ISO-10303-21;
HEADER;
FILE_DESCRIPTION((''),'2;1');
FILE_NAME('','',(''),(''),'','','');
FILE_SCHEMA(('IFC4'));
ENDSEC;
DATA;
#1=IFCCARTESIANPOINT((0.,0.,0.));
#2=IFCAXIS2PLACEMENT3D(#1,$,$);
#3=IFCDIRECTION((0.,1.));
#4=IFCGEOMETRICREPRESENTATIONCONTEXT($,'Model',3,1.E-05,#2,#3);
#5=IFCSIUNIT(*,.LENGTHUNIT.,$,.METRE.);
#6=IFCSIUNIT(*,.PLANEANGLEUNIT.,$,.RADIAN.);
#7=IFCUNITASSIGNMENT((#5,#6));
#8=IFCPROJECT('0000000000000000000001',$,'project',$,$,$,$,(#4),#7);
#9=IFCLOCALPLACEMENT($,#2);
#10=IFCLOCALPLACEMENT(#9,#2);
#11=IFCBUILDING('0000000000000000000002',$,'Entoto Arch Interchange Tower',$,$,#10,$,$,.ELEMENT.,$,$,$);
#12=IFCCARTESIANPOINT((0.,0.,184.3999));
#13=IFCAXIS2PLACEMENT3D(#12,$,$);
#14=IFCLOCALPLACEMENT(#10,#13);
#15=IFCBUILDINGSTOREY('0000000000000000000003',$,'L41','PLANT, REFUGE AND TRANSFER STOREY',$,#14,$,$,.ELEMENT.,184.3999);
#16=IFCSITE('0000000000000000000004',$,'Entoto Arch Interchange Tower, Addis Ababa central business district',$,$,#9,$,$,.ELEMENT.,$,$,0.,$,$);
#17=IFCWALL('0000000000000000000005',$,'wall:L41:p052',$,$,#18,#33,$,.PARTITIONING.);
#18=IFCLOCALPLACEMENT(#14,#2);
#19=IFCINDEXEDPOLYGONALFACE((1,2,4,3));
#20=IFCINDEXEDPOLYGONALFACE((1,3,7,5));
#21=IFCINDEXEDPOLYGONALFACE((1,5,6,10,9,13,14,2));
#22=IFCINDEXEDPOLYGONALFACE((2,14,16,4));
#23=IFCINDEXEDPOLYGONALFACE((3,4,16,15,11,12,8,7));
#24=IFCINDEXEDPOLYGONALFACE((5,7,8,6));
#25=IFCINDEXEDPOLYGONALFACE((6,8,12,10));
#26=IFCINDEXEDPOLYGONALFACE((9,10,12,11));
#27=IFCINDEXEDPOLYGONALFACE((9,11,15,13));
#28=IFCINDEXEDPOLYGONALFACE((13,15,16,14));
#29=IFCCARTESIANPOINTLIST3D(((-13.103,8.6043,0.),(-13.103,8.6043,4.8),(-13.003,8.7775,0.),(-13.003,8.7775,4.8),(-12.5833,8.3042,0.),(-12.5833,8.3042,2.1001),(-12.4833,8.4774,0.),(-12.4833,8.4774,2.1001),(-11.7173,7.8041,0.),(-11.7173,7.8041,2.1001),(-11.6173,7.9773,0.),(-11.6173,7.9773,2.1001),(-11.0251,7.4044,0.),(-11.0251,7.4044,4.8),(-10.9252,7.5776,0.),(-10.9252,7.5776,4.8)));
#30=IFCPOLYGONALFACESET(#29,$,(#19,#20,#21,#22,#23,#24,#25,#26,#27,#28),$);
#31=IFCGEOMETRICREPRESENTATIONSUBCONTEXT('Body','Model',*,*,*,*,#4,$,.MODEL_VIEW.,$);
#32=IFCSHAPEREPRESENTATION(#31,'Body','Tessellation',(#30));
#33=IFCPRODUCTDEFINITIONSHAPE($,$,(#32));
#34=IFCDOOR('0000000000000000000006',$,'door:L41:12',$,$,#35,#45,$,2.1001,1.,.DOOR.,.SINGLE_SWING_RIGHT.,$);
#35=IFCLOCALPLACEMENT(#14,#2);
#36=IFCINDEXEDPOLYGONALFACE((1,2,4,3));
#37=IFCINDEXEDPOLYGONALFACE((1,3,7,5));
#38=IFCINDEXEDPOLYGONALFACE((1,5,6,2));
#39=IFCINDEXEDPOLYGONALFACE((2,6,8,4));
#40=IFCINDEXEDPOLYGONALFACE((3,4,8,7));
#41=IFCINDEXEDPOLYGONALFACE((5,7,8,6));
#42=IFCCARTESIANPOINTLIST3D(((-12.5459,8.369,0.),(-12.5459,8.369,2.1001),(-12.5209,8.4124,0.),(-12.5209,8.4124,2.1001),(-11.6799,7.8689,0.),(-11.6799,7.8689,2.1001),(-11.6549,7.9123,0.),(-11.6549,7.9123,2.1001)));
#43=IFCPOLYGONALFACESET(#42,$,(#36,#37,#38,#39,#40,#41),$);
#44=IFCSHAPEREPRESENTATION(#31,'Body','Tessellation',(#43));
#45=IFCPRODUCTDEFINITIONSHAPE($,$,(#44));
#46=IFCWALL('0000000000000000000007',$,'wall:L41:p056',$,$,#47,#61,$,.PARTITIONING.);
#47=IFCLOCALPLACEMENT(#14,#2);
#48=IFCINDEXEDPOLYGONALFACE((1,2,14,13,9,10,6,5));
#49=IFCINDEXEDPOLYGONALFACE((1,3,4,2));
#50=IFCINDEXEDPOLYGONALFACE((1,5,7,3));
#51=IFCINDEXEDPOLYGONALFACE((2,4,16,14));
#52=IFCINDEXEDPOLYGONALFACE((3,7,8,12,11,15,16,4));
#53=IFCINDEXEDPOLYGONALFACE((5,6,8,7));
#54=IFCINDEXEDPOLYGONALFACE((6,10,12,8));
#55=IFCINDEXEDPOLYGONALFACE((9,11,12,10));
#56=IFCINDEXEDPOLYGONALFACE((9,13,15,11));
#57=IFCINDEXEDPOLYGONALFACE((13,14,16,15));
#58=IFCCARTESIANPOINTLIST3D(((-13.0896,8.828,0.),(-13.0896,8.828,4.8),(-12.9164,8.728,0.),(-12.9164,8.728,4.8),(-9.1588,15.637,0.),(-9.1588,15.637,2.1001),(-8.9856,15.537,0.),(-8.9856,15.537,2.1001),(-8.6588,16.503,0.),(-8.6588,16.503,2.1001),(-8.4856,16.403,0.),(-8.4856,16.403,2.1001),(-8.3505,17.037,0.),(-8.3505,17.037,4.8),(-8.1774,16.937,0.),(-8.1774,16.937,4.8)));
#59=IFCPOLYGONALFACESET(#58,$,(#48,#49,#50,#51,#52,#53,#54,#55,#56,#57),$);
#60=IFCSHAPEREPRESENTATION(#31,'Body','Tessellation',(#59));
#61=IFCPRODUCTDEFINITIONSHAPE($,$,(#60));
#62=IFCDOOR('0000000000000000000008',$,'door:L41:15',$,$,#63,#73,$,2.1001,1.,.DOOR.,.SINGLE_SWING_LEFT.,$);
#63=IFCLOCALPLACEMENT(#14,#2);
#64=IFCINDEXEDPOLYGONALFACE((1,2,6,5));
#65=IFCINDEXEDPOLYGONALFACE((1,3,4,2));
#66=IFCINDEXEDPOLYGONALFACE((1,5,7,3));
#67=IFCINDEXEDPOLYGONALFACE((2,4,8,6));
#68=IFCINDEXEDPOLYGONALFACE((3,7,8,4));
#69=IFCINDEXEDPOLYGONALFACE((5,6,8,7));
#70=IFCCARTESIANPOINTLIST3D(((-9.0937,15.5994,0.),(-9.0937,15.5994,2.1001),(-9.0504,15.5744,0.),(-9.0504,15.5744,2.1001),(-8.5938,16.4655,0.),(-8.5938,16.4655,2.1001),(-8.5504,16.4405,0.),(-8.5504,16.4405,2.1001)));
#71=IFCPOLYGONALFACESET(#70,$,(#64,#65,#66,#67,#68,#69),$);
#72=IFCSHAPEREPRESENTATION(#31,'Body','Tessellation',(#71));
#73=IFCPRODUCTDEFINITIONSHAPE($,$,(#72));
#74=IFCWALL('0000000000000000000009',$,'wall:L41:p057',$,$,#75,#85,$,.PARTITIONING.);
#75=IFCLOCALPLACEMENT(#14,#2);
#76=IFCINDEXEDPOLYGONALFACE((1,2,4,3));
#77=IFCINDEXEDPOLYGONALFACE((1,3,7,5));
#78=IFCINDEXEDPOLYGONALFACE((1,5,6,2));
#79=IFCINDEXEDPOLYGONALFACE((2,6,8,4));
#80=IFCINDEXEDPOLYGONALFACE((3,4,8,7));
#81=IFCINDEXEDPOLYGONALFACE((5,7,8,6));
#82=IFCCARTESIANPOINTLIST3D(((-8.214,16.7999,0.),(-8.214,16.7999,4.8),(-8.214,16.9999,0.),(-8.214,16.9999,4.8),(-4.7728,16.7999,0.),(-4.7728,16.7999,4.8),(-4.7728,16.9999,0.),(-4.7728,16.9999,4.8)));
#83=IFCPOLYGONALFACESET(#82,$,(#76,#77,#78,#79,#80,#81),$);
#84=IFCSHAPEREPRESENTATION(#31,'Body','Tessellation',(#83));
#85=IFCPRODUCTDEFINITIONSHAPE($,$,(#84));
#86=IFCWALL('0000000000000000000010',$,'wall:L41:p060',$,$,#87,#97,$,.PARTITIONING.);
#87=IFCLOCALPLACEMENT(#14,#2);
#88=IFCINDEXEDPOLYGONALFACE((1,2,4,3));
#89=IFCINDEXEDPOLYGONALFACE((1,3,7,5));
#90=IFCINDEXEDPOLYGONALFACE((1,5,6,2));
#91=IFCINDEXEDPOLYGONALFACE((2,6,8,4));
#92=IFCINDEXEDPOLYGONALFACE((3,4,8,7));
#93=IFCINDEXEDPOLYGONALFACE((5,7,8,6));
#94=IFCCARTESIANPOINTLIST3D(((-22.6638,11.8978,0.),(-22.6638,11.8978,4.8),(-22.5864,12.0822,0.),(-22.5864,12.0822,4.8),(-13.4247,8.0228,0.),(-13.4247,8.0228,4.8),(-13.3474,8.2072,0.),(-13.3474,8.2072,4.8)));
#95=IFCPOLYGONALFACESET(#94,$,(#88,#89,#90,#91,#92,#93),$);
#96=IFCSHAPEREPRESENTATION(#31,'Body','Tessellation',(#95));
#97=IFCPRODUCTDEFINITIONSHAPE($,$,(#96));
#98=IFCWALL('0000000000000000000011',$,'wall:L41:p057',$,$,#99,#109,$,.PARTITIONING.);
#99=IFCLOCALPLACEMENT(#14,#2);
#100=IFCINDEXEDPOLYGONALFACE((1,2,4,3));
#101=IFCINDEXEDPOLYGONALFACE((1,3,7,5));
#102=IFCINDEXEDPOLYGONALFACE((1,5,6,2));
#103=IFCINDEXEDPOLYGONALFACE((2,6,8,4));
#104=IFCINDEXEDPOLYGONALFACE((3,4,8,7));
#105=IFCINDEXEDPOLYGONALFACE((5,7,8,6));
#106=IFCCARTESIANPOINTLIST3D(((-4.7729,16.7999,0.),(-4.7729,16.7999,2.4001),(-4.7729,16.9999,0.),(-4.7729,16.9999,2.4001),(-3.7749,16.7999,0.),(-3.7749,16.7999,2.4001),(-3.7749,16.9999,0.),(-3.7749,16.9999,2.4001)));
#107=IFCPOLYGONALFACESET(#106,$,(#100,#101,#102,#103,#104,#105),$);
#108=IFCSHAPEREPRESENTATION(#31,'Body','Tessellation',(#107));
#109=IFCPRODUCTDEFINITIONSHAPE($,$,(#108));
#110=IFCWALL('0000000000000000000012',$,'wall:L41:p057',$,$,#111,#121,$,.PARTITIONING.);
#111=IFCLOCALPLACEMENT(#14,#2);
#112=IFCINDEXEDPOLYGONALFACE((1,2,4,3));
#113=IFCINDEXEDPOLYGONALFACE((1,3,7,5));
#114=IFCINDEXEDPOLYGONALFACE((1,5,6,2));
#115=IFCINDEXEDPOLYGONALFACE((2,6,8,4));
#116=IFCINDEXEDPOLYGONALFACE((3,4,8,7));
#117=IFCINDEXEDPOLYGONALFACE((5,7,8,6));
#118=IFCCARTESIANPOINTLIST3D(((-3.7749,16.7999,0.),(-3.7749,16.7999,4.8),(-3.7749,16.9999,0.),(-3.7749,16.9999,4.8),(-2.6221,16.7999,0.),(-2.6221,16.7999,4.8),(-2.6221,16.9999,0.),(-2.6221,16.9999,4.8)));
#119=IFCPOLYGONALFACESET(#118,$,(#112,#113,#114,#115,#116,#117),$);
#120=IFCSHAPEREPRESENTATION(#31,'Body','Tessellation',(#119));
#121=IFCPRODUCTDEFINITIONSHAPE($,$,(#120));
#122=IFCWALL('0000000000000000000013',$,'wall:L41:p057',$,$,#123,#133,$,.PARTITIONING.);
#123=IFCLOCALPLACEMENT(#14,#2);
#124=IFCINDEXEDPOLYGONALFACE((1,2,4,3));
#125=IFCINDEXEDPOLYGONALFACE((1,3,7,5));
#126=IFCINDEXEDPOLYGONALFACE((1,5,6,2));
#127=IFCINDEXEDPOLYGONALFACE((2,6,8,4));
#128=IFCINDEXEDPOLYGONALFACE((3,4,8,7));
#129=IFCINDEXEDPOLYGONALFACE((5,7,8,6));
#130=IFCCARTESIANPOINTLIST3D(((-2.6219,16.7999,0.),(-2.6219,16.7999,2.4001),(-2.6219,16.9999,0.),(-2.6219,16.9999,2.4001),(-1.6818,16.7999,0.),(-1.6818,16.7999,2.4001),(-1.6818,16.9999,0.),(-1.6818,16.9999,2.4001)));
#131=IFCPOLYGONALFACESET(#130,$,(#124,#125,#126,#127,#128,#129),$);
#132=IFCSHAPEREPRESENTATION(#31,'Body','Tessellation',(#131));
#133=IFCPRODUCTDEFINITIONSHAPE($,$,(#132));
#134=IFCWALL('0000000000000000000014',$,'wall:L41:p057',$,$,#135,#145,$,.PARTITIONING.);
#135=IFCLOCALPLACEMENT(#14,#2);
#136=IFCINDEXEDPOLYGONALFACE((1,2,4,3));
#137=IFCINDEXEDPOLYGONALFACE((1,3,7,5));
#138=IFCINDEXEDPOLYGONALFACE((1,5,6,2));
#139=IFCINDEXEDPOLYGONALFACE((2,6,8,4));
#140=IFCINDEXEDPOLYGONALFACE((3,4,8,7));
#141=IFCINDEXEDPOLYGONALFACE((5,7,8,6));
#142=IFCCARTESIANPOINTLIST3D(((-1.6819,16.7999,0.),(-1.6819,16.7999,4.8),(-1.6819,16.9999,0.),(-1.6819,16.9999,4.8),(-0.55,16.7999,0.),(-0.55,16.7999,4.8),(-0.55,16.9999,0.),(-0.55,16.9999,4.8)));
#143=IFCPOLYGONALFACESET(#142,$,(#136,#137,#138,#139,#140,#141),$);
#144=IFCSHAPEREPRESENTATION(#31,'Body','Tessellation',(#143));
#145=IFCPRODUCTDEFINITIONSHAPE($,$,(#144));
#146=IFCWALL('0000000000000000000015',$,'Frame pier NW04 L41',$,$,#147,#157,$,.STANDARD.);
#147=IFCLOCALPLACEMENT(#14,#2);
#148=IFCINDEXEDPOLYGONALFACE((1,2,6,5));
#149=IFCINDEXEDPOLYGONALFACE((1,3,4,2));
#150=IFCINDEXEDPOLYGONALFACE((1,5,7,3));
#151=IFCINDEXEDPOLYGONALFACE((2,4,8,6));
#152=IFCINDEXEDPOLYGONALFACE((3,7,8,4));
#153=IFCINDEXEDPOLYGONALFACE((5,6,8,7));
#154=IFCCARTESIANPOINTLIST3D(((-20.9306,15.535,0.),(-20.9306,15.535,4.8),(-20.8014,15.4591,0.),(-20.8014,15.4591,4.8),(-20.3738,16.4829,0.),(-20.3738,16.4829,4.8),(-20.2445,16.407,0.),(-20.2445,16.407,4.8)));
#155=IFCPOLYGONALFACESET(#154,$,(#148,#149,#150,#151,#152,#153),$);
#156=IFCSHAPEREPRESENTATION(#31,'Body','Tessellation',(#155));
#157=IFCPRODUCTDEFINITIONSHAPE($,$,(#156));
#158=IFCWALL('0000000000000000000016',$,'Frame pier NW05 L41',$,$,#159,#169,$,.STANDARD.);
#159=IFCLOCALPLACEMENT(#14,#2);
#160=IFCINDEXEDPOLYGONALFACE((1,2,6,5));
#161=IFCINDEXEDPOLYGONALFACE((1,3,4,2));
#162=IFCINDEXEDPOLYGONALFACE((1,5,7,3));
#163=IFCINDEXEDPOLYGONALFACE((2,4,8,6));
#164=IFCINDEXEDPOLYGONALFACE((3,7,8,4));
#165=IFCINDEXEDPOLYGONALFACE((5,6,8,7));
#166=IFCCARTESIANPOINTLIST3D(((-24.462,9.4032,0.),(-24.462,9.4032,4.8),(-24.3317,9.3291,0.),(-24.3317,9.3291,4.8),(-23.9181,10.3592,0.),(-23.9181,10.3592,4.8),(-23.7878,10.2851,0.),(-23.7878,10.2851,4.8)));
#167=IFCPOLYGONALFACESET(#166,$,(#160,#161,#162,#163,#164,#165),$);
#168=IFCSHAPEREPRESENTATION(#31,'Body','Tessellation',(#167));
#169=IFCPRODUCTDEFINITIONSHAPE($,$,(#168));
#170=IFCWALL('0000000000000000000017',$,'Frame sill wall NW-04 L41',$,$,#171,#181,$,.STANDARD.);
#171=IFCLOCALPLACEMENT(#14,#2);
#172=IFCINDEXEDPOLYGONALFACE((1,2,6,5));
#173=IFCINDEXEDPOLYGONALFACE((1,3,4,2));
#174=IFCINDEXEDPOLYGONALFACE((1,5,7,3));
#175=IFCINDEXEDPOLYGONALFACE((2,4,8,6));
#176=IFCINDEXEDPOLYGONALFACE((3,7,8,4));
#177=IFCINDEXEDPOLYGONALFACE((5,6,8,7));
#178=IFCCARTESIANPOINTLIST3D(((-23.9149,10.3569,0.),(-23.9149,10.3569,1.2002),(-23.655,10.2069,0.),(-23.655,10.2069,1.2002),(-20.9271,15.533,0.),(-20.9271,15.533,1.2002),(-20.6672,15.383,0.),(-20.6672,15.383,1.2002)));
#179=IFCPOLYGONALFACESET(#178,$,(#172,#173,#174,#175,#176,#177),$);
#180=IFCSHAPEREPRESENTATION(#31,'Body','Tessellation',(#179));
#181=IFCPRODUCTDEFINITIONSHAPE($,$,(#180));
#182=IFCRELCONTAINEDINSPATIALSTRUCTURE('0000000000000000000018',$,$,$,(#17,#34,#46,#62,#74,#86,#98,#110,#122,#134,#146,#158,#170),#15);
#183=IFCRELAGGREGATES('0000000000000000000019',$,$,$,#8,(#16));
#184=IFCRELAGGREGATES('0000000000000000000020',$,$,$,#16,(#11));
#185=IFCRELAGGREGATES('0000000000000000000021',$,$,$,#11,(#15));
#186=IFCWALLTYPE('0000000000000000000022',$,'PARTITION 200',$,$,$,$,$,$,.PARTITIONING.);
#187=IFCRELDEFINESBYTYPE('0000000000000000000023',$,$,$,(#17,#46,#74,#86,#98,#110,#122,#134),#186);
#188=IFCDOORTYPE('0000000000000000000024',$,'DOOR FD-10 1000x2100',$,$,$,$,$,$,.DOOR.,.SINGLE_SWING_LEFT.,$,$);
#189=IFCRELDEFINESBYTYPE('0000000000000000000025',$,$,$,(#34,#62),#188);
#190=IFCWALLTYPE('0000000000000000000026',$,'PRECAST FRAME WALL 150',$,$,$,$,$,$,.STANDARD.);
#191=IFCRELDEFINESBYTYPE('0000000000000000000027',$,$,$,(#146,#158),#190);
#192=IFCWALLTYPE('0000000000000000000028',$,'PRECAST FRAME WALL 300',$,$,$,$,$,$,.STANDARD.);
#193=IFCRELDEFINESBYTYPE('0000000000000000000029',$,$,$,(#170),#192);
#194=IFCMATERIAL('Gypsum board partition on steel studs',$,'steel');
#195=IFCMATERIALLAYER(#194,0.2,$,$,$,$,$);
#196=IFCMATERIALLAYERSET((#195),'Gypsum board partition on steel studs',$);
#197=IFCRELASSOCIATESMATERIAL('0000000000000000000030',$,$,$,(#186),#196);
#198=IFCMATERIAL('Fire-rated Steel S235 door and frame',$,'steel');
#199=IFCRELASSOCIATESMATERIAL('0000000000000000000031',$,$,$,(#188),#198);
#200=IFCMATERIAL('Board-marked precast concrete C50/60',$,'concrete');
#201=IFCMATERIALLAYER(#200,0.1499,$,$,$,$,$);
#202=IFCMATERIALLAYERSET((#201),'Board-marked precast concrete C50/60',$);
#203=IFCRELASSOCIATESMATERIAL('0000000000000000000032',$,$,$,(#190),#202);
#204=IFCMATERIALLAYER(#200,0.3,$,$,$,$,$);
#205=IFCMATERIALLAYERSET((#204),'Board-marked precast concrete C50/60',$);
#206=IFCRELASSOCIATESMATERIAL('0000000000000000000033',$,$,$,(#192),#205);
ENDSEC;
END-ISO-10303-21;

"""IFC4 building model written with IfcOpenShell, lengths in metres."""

from ifc_helpers import new_model, si_unit, direction, frame, frame_2d, origin, place, context, subcontext, project, spatial, rectangle, extrude, material, layer, layer_set, type_object, element, fill, save


model = new_model("IFC4")

# Units and contexts
model_context = context("Model", 3, precision=1e-05, world=origin(), true_north=direction((0.0, 1.0)))
body_context = subcontext(model_context, "Body", "Model", "MODEL_VIEW")
ifc_project = project(units=[si_unit("LENGTHUNIT", "METRE"), si_unit("PLANEANGLEUNIT", "RADIAN")], contexts=[model_context])

# Site, building, storey
site_placement = place(None, origin())
site = spatial("IfcSite", under=ifc_project, at=site_placement, Name="Entoto Arch Interchange Tower, Addis Ababa central business district", CompositionType="ELEMENT", RefElevation=0.0)
building_placement = place(site_placement, origin())
building = spatial("IfcBuilding", under=site, at=building_placement, Name="Entoto Arch Interchange Tower", CompositionType="ELEMENT")
storey_placement = place(building_placement, frame((0.0, 0.0, 184.3999)))
storey = spatial("IfcBuildingStorey", under=building, at=storey_placement, Name="L41", Description="PLANT, REFUGE AND TRANSFER STOREY", CompositionType="ELEMENT", Elevation=184.3999)

# Shared definitions
ifc_material_1 = material(Name="Gypsum board partition on steel studs", Category="steel")
ifc_layer_1 = layer(ifc_material_1, 0.2)
ifc_layer_set_1 = layer_set([ifc_layer_1], Name="Gypsum board partition on steel studs")
wall_type_1 = type_object("IfcWallType", Name="PARTITION 200", PredefinedType="PARTITIONING", material=ifc_layer_set_1)

# Walls, openings, doors
wall_1_placement = place(storey_placement, frame((-13.053, 8.6909, 0.0), z_axis=(0.0, 0.0, 1.0), x_axis=(0.865974, -0.500089, 0.0)))
wall_1 = element("IfcWall", 1, at=wall_1_placement, inside=storey, type_object=wall_type_1, Name="wall:L41:p052", PredefinedType="PARTITIONING", context=body_context, shape_type="SweptSolid", body=[
    extrude(rectangle(XDim=2.3994, YDim=0.2, at=frame_2d((1.1997, 0.0))), origin(), (0.0, 0.0, 1.0), 4.8),
])
opening_1_placement = place(wall_1_placement, frame((0.6001, 0.0, 0.0)))
opening_1 = element("IfcOpeningElement", 2, at=opening_1_placement, cuts=wall_1, PredefinedType="OPENING", context=body_context, shape_type="SweptSolid", body=[
    extrude(rectangle(XDim=1.0, YDim=2.1001, at=frame_2d((0.5, 1.05))), frame((0.0, 0.1099, 0.0), z_axis=(0.0, -1.0, 0.0), x_axis=(1.0, 0.0, 0.0)), (0.0, 0.0, 1.0), 0.22),
])
ifc_material_2 = material(Name="Fire-rated Steel S235 door and frame", Category="steel")
door_type = type_object("IfcDoorType", Name="DOOR FD-10 1000x2100", OperationType="SINGLE_SWING_LEFT", PredefinedType="DOOR", material=ifc_material_2)
door_1_placement = place(opening_1_placement, origin())
door_1 = element("IfcDoor", 3, at=door_1_placement, inside=storey, type_object=door_type, Name="door:L41:12", OperationType="SINGLE_SWING_RIGHT", OverallHeight=2.1001, OverallWidth=1.0, PredefinedType="DOOR", context=body_context, shape_type="SweptSolid", body=[
    extrude(rectangle(XDim=1.0, YDim=2.1001, at=frame_2d((0.5, 1.05))), frame((0.0, 0.0249, 0.0), z_axis=(0.0, -1.0, 0.0), x_axis=(1.0, 0.0, 0.0)), (0.0, 0.0, 1.0), 0.05),
])
fill(opening_1, door_1)
wall_2_placement = place(storey_placement, frame((-13.0029, 8.7781, 0.0), z_axis=(0.0, 0.0, 1.0), x_axis=(0.499965, 0.866046, 0.0)))
wall_2 = element("IfcWall", 4, at=wall_2_placement, inside=storey, type_object=wall_type_1, Name="wall:L41:p056", PredefinedType="PARTITIONING", context=body_context, shape_type="SweptSolid", body=[
    extrude(rectangle(XDim=9.4788, YDim=0.2, at=frame_2d((4.7393, 0.0))), origin(), (0.0, 0.0, 1.0), 4.8),
])
opening_2_placement = place(wall_2_placement, frame((7.8621, 0.0, 0.0)))
opening_2 = element("IfcOpeningElement", 5, at=opening_2_placement, cuts=wall_2, PredefinedType="OPENING", context=body_context, shape_type="SweptSolid", body=[
    extrude(rectangle(XDim=1.0, YDim=2.1001, at=frame_2d((0.5, 1.05))), frame((0.0, 0.1099, 0.0), z_axis=(0.0, -1.0, 0.0), x_axis=(1.0, 0.0, 0.0)), (0.0, 0.0, 1.0), 0.22),
])
door_2_placement = place(opening_2_placement, origin())
door_2 = element("IfcDoor", 6, at=door_2_placement, inside=storey, type_object=door_type, Name="door:L41:15", OperationType="SINGLE_SWING_LEFT", OverallHeight=2.1001, OverallWidth=1.0, PredefinedType="DOOR", context=body_context, shape_type="SweptSolid", body=[
    extrude(rectangle(XDim=1.0, YDim=2.1001, at=frame_2d((0.5, 1.05))), frame((0.0, 0.0249, 0.0), z_axis=(0.0, -1.0, 0.0), x_axis=(1.0, 0.0, 0.0)), (0.0, 0.0, 1.0), 0.05),
])
fill(opening_2, door_2)

# Walls
wall_3_placement = place(storey_placement, frame((-8.2141, 16.8999, 0.0), z_axis=(0.0, 0.0, 1.0), x_axis=(1.0, 0.0, 0.0)))
element("IfcWall", 7, at=wall_3_placement, inside=storey, type_object=wall_type_1, Name="wall:L41:p057", PredefinedType="PARTITIONING", context=body_context, shape_type="SweptSolid", body=[
    extrude(rectangle(XDim=3.4412, YDim=0.2, at=frame_2d((1.7207, 0.0))), origin(), (0.0, 0.0, 1.0), 4.8),
])
wall_4_placement = place(storey_placement, frame((-22.625, 11.99, 0.0), z_axis=(0.0, 0.0, 1.0), x_axis=(0.922174, -0.386775, 0.0)))
element("IfcWall", 8, at=wall_4_placement, inside=storey, type_object=wall_type_1, Name="wall:L41:p060", PredefinedType="PARTITIONING", context=body_context, shape_type="SweptSolid", body=[
    extrude(rectangle(XDim=10.0188, YDim=0.2, at=frame_2d((5.0093, 0.0))), origin(), (0.0, 0.0, 1.0), 4.8),
])
wall_5_placement = place(storey_placement, frame((-4.7729, 16.8999, 0.0), z_axis=(0.0, 0.0, 1.0), x_axis=(1.0, 0.0, 0.0)))
element("IfcWall", 9, at=wall_5_placement, inside=storey, type_object=wall_type_1, Name="wall:L41:p057", PredefinedType="PARTITIONING", context=body_context, shape_type="SweptSolid", body=[
    extrude(rectangle(XDim=0.998, YDim=0.2, at=frame_2d((0.499, 0.0))), origin(), (0.0, 0.0, 1.0), 2.4001),
])
wall_6_placement = place(storey_placement, frame((-3.7749, 16.8999, 0.0), z_axis=(0.0, 0.0, 1.0), x_axis=(1.0, 0.0, 0.0)))
element("IfcWall", 10, at=wall_6_placement, inside=storey, type_object=wall_type_1, Name="wall:L41:p057", PredefinedType="PARTITIONING", context=body_context, shape_type="SweptSolid", body=[
    extrude(rectangle(XDim=1.1528, YDim=0.2, at=frame_2d((0.5764, 0.0))), origin(), (0.0, 0.0, 1.0), 4.8),
])
wall_7_placement = place(storey_placement, frame((-2.6221, 16.8999, 0.0), z_axis=(0.0, 0.0, 1.0), x_axis=(1.0, 0.0, 0.0)))
element("IfcWall", 11, at=wall_7_placement, inside=storey, type_object=wall_type_1, Name="wall:L41:p057", PredefinedType="PARTITIONING", context=body_context, shape_type="SweptSolid", body=[
    extrude(rectangle(XDim=0.9402, YDim=0.2, at=frame_2d((0.4702, 0.0))), origin(), (0.0, 0.0, 1.0), 2.4001),
])
wall_8_placement = place(storey_placement, frame((-1.6819, 16.8999, 0.0), z_axis=(0.0, 0.0, 1.0), x_axis=(1.0, 0.0, 0.0)))
element("IfcWall", 12, at=wall_8_placement, inside=storey, type_object=wall_type_1, Name="wall:L41:p057", PredefinedType="PARTITIONING", context=body_context, shape_type="SweptSolid", body=[
    extrude(rectangle(XDim=1.1318, YDim=0.2, at=frame_2d((0.5659, 0.0))), origin(), (0.0, 0.0, 1.0), 4.8),
])
ifc_material_3 = material(Name="Board-marked precast concrete C50/60", Category="concrete")
ifc_layer_2 = layer(ifc_material_3, 0.1499)
ifc_layer_set_2 = layer_set([ifc_layer_2], Name="Board-marked precast concrete C50/60")
wall_type_2 = type_object("IfcWallType", Name="PRECAST FRAME WALL 150", PredefinedType="STANDARD", material=ifc_layer_set_2)
wall_9_placement = place(storey_placement, frame((-20.3091, 16.4451, 0.0), z_axis=(0.0, 0.0, 1.0), x_axis=(-0.506506, -0.862237, 0.0)))
element("IfcWall", 13, at=wall_9_placement, inside=storey, type_object=wall_type_2, Name="Frame pier NW04 L41", PredefinedType="STANDARD", context=body_context, shape_type="SweptSolid", body=[
    extrude(rectangle(XDim=1.0994, YDim=0.1499, at=frame_2d((0.5498, 0.0))), origin(), (0.0, 0.0, 1.0), 4.8),
])
wall_10_placement = place(storey_placement, frame((-23.853, 10.322, 0.0), z_axis=(0.0, 0.0, 1.0), x_axis=(-0.494513, -0.86917, 0.0)))
element("IfcWall", 14, at=wall_10_placement, inside=storey, type_object=wall_type_2, Name="Frame pier NW05 L41", PredefinedType="STANDARD", context=body_context, shape_type="SweptSolid", body=[
    extrude(rectangle(XDim=1.0999, YDim=0.1499, at=frame_2d((0.5498, 0.0))), origin(), (0.0, 0.0, 1.0), 4.8),
])
ifc_layer_3 = layer(ifc_material_3, 0.3)
ifc_layer_set_3 = layer_set([ifc_layer_3], Name="Board-marked precast concrete C50/60")
wall_type_3 = type_object("IfcWallType", Name="PRECAST FRAME WALL 300", PredefinedType="STANDARD", material=ifc_layer_set_3)
wall_11_placement = place(storey_placement, frame((-20.7971, 15.458, 0.0), z_axis=(0.0, 0.0, 1.0), x_axis=(-0.499926, -0.866068, 0.0)))
element("IfcWall", 15, at=wall_11_placement, inside=storey, type_object=wall_type_3, Name="Frame sill wall NW-04 L41", PredefinedType="STANDARD", context=body_context, shape_type="SweptSolid", body=[
    extrude(rectangle(XDim=5.9766, YDim=0.3, at=frame_2d((2.9883, 0.0))), origin(), (0.0, 0.0, 1.0), 1.2002),
])

save(model, "model.ifc")
